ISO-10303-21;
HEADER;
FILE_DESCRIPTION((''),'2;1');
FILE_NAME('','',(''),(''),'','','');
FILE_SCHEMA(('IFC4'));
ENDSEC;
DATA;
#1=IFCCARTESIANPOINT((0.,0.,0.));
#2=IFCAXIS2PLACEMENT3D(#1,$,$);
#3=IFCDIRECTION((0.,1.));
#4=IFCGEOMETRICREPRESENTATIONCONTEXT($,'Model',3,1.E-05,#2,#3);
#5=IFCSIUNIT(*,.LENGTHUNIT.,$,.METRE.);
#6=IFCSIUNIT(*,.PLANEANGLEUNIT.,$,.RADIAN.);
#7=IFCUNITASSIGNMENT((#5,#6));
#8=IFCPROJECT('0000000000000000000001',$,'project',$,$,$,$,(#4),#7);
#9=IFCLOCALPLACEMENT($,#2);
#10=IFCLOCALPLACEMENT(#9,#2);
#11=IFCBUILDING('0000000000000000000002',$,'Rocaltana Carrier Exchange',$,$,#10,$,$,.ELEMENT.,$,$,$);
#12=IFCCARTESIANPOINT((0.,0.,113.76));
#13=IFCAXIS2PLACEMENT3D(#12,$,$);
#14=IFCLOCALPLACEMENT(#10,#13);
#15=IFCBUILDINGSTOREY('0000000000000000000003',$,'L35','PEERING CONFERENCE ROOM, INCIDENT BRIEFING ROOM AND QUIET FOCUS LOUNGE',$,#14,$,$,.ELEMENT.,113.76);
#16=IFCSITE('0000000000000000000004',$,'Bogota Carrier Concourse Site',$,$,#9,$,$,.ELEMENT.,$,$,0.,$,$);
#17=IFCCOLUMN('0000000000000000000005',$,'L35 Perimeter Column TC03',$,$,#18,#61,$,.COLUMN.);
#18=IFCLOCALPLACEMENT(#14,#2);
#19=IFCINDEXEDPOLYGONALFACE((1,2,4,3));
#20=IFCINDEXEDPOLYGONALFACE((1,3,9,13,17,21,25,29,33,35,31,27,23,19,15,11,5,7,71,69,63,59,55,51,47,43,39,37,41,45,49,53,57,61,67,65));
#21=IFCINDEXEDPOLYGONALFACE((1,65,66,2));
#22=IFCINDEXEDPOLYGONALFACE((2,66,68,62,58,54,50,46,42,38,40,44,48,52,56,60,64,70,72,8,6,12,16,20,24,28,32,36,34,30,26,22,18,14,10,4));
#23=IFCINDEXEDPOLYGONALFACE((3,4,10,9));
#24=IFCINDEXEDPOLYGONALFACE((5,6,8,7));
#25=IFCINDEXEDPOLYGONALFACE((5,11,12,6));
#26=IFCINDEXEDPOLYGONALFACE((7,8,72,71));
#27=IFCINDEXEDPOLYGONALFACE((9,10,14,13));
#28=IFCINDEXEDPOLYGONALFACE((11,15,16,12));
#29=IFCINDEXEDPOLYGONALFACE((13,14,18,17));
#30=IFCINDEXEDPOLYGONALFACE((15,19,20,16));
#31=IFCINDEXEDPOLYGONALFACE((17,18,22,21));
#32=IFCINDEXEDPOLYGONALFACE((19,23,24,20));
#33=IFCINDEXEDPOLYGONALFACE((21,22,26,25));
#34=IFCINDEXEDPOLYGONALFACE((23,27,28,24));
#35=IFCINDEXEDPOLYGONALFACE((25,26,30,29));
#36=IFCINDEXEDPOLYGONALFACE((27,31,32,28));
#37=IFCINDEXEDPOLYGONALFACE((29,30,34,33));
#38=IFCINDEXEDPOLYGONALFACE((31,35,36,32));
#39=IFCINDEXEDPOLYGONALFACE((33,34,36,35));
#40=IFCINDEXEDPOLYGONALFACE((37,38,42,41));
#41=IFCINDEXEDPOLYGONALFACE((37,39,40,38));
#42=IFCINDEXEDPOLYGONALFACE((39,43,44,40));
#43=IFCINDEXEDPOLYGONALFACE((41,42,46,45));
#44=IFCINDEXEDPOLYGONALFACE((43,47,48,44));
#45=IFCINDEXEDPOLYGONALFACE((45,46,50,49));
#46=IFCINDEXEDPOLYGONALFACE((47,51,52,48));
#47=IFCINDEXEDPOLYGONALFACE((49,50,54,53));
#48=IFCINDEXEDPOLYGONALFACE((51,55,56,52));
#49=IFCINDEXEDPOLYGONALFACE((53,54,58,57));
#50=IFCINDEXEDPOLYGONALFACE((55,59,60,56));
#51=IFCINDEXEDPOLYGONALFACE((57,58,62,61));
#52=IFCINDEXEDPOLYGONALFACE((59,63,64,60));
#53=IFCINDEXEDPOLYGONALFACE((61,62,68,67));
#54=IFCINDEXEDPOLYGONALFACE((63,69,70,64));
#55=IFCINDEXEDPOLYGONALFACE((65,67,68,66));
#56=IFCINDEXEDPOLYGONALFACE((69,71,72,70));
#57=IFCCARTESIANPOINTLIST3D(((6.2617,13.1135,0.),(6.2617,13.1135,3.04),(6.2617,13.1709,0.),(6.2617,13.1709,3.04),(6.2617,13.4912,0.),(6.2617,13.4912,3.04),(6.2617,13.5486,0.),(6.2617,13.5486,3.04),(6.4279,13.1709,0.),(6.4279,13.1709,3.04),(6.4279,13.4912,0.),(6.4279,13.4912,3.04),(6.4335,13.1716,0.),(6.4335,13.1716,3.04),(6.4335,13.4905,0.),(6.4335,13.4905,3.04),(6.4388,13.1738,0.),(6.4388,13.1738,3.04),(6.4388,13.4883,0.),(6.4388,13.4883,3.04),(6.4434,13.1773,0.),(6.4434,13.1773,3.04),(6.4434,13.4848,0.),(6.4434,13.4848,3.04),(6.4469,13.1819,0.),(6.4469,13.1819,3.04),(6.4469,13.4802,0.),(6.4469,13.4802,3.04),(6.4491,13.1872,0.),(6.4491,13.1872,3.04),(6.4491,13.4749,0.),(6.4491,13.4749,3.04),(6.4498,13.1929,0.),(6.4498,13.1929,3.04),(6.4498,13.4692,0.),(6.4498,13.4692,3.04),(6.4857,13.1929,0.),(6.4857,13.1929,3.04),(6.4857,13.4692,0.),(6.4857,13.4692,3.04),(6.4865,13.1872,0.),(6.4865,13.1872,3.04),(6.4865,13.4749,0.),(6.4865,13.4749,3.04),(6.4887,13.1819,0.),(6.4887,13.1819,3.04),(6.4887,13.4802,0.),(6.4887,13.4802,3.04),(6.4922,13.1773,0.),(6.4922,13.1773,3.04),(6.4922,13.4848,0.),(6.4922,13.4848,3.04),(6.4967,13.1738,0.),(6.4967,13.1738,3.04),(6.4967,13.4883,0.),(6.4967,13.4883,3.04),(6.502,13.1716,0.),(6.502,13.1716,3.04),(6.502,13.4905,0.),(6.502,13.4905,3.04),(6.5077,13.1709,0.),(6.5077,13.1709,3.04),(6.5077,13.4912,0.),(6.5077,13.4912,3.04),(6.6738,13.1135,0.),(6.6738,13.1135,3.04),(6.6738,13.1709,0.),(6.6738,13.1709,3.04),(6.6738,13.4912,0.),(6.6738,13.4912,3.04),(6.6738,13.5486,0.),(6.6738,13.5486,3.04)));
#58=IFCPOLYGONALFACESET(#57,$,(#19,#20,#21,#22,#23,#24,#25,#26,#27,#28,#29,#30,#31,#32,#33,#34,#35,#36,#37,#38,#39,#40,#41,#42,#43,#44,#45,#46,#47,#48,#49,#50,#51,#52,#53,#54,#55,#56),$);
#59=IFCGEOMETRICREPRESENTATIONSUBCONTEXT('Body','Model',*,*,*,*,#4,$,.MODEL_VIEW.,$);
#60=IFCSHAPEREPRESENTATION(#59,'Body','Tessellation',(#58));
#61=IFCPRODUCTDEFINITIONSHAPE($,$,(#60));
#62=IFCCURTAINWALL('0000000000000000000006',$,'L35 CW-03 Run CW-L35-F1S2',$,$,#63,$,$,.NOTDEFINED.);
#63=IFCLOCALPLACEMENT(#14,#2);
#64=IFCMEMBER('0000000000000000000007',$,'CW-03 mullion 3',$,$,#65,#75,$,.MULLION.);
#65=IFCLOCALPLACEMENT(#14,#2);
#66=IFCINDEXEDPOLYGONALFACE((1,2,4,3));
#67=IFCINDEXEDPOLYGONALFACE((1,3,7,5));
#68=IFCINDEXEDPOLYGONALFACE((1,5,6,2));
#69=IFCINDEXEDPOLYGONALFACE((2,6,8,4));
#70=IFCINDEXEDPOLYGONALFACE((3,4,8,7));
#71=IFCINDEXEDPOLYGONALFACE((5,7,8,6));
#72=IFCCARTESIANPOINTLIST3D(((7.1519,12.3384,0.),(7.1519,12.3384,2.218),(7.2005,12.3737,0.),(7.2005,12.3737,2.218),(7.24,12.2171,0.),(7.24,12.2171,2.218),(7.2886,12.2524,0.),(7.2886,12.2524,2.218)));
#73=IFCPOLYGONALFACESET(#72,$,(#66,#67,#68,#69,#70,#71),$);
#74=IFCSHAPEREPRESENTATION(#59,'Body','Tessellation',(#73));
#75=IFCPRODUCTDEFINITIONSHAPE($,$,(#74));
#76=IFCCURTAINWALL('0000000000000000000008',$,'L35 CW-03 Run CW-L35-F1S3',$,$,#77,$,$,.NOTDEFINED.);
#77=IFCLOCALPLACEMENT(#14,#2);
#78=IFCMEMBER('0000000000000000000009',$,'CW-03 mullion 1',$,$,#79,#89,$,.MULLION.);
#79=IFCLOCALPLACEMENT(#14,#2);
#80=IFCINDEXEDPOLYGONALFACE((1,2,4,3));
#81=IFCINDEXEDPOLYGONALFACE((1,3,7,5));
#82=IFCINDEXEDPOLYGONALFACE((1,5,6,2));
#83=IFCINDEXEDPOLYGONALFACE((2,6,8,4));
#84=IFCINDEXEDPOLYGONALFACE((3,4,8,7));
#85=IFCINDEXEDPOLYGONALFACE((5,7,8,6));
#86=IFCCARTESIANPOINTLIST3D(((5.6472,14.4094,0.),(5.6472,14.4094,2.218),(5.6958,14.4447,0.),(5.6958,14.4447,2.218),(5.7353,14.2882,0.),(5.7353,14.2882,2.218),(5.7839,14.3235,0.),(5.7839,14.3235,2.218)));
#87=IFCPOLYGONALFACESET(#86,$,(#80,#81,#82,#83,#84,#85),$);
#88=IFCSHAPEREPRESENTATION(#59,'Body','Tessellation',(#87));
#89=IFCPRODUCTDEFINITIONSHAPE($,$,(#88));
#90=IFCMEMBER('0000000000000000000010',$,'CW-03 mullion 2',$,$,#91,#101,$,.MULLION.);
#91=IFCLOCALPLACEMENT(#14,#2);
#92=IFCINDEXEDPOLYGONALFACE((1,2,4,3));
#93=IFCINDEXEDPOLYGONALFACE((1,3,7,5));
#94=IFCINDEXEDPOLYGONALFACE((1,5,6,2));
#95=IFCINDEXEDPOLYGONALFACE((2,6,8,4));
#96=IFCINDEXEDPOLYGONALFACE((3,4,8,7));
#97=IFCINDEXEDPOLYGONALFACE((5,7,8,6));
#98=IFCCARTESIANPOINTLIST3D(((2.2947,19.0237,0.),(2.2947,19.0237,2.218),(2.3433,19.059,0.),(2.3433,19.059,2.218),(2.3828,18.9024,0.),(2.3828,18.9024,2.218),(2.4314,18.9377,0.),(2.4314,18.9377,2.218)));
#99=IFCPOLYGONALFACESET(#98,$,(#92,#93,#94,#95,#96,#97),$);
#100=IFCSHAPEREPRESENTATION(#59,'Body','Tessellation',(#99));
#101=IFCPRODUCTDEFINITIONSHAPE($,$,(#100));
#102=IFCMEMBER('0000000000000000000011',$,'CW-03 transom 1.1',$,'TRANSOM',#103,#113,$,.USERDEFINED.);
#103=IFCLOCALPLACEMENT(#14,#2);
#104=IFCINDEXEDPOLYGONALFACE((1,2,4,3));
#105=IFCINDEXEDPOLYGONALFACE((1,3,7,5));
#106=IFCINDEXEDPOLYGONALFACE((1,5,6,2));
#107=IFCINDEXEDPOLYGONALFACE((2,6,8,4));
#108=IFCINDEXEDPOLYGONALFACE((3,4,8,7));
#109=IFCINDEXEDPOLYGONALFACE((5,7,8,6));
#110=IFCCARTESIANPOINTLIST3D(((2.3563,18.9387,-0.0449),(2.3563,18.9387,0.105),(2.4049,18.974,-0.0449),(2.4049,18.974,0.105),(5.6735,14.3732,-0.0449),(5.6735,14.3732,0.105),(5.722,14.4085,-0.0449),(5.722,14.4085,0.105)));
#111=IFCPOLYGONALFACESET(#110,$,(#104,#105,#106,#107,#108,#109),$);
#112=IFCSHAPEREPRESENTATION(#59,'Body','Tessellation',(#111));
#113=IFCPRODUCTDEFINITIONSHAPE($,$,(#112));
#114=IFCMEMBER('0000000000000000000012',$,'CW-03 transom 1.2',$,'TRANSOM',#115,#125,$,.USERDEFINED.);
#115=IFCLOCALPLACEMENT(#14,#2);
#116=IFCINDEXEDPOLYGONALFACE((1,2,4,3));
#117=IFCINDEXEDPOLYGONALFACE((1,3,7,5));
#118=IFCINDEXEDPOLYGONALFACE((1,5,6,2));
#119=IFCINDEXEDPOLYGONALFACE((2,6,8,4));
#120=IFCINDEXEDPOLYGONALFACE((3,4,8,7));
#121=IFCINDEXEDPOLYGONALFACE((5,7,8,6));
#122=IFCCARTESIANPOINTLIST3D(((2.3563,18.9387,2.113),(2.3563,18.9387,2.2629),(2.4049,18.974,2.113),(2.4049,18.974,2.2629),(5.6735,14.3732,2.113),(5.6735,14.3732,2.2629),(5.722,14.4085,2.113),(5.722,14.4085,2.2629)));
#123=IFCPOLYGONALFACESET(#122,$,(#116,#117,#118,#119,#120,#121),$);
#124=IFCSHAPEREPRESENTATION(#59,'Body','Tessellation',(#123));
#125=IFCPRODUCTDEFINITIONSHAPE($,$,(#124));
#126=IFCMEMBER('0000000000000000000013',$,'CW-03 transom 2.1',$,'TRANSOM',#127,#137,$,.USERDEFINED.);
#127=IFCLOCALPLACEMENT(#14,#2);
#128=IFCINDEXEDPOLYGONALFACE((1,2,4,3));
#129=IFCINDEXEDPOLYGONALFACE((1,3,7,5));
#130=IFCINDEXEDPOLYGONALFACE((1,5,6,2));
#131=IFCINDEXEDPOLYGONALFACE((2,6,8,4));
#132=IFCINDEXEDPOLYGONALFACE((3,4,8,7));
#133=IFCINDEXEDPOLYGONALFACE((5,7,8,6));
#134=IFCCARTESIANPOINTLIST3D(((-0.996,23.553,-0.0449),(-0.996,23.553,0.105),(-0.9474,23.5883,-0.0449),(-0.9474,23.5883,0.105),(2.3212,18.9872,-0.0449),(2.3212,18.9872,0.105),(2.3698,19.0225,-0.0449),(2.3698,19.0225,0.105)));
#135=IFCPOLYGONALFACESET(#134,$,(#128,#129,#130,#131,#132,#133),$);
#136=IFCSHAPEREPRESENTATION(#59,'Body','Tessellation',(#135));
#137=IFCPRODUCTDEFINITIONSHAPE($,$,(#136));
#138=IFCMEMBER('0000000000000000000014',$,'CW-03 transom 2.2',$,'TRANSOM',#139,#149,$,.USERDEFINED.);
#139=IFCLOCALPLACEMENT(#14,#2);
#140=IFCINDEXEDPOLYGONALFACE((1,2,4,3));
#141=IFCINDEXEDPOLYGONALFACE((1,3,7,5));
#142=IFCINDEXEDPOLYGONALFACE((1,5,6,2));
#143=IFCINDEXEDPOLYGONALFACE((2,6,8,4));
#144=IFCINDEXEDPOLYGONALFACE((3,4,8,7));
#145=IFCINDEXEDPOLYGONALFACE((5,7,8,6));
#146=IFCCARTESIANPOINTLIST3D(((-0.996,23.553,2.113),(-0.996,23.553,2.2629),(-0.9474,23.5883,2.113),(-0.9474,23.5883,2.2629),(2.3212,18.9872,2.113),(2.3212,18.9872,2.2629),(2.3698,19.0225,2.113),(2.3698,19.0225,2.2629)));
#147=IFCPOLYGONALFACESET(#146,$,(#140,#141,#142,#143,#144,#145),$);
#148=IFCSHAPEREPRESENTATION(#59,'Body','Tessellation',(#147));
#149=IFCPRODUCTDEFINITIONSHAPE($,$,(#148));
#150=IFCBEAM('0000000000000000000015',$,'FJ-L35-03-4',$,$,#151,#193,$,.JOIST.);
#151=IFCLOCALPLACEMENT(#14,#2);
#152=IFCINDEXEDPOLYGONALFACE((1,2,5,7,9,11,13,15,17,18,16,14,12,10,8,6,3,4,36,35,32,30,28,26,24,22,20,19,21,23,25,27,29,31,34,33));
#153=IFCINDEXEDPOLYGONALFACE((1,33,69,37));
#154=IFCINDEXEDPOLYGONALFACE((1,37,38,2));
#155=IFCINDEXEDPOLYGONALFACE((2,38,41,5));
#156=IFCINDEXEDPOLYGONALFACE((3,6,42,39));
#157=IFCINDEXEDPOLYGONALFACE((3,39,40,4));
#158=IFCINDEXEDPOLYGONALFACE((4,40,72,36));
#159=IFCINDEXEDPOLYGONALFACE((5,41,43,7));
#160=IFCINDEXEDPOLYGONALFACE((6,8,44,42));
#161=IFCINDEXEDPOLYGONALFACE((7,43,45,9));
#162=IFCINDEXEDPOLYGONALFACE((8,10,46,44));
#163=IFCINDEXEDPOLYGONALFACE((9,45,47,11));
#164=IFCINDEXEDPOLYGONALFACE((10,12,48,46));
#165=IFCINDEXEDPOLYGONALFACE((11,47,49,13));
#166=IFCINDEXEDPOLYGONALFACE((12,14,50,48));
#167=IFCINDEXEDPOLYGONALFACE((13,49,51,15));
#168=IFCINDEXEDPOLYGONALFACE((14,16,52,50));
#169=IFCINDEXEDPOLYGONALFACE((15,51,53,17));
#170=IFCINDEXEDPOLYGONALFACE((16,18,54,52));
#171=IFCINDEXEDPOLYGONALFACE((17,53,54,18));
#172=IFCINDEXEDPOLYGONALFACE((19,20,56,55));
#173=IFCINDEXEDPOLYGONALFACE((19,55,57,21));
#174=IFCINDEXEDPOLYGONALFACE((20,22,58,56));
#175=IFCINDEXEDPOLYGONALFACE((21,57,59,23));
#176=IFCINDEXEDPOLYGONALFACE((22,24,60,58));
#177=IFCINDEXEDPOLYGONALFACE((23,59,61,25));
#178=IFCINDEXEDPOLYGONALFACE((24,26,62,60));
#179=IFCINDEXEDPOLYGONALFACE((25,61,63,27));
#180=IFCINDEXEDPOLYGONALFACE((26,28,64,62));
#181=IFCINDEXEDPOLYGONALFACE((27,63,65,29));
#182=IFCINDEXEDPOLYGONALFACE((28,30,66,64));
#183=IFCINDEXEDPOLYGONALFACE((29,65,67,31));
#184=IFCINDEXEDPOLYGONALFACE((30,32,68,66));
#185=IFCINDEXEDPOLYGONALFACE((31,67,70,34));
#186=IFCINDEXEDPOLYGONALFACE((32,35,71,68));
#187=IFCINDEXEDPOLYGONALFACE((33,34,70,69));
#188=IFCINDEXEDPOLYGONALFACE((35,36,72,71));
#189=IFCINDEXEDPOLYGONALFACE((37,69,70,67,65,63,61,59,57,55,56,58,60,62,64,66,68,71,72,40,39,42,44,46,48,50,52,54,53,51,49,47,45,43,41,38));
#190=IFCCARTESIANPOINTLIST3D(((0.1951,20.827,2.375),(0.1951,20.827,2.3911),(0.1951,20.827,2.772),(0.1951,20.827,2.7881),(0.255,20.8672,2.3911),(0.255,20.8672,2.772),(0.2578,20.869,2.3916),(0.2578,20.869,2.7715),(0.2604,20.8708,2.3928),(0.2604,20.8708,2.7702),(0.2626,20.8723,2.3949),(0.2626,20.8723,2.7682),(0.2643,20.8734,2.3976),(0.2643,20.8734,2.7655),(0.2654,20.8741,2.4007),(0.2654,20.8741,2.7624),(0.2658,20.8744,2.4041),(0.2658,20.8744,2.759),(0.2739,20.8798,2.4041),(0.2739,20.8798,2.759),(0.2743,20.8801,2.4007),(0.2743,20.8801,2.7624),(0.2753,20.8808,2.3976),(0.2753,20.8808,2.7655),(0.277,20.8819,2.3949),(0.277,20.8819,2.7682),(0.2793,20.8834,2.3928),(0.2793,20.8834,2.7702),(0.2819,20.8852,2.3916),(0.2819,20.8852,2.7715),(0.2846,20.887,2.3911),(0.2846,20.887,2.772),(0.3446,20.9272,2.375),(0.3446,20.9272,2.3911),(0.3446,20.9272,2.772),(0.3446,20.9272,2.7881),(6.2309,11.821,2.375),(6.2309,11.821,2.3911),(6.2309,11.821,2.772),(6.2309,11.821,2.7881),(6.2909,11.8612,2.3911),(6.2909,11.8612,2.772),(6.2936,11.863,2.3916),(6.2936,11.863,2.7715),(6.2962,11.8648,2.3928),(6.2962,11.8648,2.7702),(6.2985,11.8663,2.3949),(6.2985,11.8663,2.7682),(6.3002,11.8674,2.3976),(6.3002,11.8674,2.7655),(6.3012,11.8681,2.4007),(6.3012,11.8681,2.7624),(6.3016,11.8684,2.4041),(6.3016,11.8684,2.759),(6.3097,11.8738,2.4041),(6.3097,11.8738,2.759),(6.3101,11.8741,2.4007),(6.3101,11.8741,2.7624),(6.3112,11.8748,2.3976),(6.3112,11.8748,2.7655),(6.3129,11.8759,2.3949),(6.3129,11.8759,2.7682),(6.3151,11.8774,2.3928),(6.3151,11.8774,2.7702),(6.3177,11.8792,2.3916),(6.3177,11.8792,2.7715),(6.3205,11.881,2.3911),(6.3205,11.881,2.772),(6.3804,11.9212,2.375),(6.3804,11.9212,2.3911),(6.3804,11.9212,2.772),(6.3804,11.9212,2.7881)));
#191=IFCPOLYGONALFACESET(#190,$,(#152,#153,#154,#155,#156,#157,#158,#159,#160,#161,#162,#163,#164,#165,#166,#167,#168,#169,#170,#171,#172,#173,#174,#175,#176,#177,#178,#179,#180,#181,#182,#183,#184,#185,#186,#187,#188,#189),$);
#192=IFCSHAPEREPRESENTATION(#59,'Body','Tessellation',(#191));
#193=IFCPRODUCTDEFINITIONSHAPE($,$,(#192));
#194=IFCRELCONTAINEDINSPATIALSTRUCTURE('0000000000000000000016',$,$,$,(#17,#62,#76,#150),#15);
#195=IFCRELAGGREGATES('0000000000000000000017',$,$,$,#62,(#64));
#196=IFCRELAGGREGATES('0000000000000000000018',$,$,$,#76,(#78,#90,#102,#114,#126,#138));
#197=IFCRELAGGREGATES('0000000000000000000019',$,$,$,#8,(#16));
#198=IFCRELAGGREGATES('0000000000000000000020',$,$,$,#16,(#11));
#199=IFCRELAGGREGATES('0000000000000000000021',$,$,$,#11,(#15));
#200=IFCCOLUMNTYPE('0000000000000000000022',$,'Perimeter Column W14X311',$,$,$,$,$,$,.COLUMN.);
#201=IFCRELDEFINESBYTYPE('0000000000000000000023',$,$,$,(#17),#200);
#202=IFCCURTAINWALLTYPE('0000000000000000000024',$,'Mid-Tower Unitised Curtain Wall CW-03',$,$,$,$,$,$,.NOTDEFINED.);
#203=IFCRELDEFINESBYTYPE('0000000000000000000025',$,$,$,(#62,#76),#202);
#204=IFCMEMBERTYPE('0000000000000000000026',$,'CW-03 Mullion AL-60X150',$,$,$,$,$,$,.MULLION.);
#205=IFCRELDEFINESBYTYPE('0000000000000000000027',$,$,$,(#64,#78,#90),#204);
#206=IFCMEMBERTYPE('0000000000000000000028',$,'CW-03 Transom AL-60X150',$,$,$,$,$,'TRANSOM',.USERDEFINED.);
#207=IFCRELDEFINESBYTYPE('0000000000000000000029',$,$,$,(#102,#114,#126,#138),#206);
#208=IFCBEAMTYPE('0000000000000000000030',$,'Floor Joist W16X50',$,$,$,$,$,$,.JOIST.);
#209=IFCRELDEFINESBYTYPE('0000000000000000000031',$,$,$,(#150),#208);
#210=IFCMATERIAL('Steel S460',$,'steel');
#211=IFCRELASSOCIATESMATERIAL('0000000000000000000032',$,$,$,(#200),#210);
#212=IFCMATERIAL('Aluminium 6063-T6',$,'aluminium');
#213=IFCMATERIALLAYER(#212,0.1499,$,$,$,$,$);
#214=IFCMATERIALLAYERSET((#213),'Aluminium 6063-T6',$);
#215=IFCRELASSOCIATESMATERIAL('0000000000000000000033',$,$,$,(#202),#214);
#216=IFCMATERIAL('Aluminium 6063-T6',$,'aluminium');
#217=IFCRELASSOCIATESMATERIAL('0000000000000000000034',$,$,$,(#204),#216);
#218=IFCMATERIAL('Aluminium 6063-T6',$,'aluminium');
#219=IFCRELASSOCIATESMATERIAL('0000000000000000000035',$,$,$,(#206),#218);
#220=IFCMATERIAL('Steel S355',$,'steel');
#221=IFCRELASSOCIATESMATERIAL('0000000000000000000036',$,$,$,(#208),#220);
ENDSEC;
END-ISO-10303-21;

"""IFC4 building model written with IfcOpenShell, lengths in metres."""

from ifc_helpers import new_model, si_unit, direction, frame, origin, origin_2d, place, context, subcontext, project, spatial, rectangle, i_section, extrude, material, layer, layer_set, material_profile, profile_set, type_object, element, aggregate, save


model = new_model("IFC4")

# Units and contexts
model_context = context("Model", 3, precision=1e-05, world=origin(), true_north=direction((0.0, 1.0)))
body_context = subcontext(model_context, "Body", "Model", "MODEL_VIEW")
ifc_project = project(units=[si_unit("LENGTHUNIT", "METRE"), si_unit("PLANEANGLEUNIT", "RADIAN")], contexts=[model_context])

# Site, building, storey
site_placement = place(None, origin())
site = spatial("IfcSite", under=ifc_project, at=site_placement, Name="Bogota Carrier Concourse Site", CompositionType="ELEMENT", RefElevation=0.0)
building_placement = place(site_placement, origin())
building = spatial("IfcBuilding", under=site, at=building_placement, Name="Rocaltana Carrier Exchange", CompositionType="ELEMENT")
storey_placement = place(building_placement, frame((0.0, 0.0, 113.76)))
storey = spatial("IfcBuildingStorey", under=building, at=storey_placement, Name="L35", Description="PEERING CONFERENCE ROOM, INCIDENT BRIEFING ROOM AND QUIET FOCUS LOUNGE", CompositionType="ELEMENT", Elevation=113.76)

# Column
ifc_material_1 = material(Name="Steel S460", Category="steel")
ifc_material_profile_1 = material_profile(ifc_material_1, i_section(OverallWidth=0.4121, OverallDepth=0.4351, WebThickness=0.0359, FlangeThickness=0.0574, FilletRadius=0.022, at=origin_2d()), Name="W14X311")
ifc_profile_set_1 = profile_set([ifc_material_profile_1], Name="Steel S460")
column_type = type_object("IfcColumnType", Name="Perimeter Column W14X311", PredefinedType="COLUMN", material=ifc_profile_set_1)
column_placement = place(storey_placement, frame((6.4678, 13.3311, 0.0), z_axis=(0.0, 0.0, 1.0), x_axis=(1.0, 0.0, 0.0)))
element("IfcColumn", 1, at=column_placement, inside=storey, type_object=column_type, Name="L35 Perimeter Column TC03", PredefinedType="COLUMN", context=body_context, shape_type="SweptSolid", body=[
    extrude(i_section(OverallWidth=0.4121, OverallDepth=0.4351, WebThickness=0.0359, FlangeThickness=0.0574, FilletRadius=0.022, at=origin_2d()), origin(), (0.0, 0.0, 1.0), 3.04),
])

# Curtain wall, member
ifc_material_2 = material(Name="Aluminium 6063-T6", Category="aluminium")
ifc_layer_1 = layer(ifc_material_2, 0.1499)
ifc_layer_set_1 = layer_set([ifc_layer_1], Name="Aluminium 6063-T6")
curtain_wall_type = type_object("IfcCurtainWallType", Name="Mid-Tower Unitised Curtain Wall CW-03", PredefinedType="NOTDEFINED", material=ifc_layer_set_1)
curtain_wall_1_placement = place(storey_placement, origin())
curtain_wall_1 = element("IfcCurtainWall", 2, at=curtain_wall_1_placement, inside=storey, type_object=curtain_wall_type, Name="L35 CW-03 Run CW-L35-F1S2", PredefinedType="NOTDEFINED")
ifc_material_3 = material(Name="Aluminium 6063-T6", Category="aluminium")
ifc_material_profile_2 = material_profile(ifc_material_3, rectangle(XDim=0.0601, YDim=0.1499, at=origin_2d()), Name="AL-60X150")
ifc_profile_set_2 = profile_set([ifc_material_profile_2], Name="Aluminium 6063-T6")
member_type_1 = type_object("IfcMemberType", Name="CW-03 Mullion AL-60X150", PredefinedType="MULLION", material=ifc_profile_set_2)
member_1_placement = place(storey_placement, frame((7.2202, 12.2954, 0.0), z_axis=(0.0, 0.0, 1.0), x_axis=(-0.809014, -0.58779, 0.0)))
member_1 = element("IfcMember", 3, at=member_1_placement, type_object=member_type_1, Name="CW-03 mullion 3", PredefinedType="MULLION", context=body_context, shape_type="SweptSolid", body=[
    extrude(rectangle(XDim=0.0601, YDim=0.1499, at=origin_2d()), origin(), (0.0, 0.0, 1.0), 2.218),
])

# Curtain wall, members
curtain_wall_2_placement = place(storey_placement, origin())
curtain_wall_2 = element("IfcCurtainWall", 4, at=curtain_wall_2_placement, inside=storey, type_object=curtain_wall_type, Name="L35 CW-03 Run CW-L35-F1S3", PredefinedType="NOTDEFINED")
member_2_placement = place(storey_placement, frame((5.7156, 14.3665, 0.0), z_axis=(0.0, 0.0, 1.0), x_axis=(-0.809014, -0.58779, 0.0)))
member_2 = element("IfcMember", 5, at=member_2_placement, type_object=member_type_1, Name="CW-03 mullion 1", PredefinedType="MULLION", context=body_context, shape_type="SweptSolid", body=[
    extrude(rectangle(XDim=0.0601, YDim=0.1499, at=origin_2d()), origin(), (0.0, 0.0, 1.0), 2.218),
])
member_3_placement = place(storey_placement, frame((2.363, 18.9807, 0.0), z_axis=(0.0, 0.0, 1.0), x_axis=(-0.809014, -0.58779, 0.0)))
member_3 = element("IfcMember", 6, at=member_3_placement, type_object=member_type_1, Name="CW-03 mullion 2", PredefinedType="MULLION", context=body_context, shape_type="SweptSolid", body=[
    extrude(rectangle(XDim=0.0601, YDim=0.1499, at=origin_2d()), origin(), (0.0, 0.0, 1.0), 2.218),
])
ifc_material_4 = material(Name="Aluminium 6063-T6", Category="aluminium")
ifc_material_profile_3 = material_profile(ifc_material_4, rectangle(XDim=0.0601, YDim=0.1499, at=origin_2d()), Name="AL-60X150")
ifc_profile_set_3 = profile_set([ifc_material_profile_3], Name="Aluminium 6063-T6")
member_type_2 = type_object("IfcMemberType", Name="CW-03 Transom AL-60X150", ElementType="TRANSOM", PredefinedType="USERDEFINED", material=ifc_profile_set_3)
member_4_placement = place(storey_placement, frame((5.6978, 14.3909, 0.03), z_axis=(-0.587804, 0.809004, 0.0), x_axis=(-0.809004, -0.587804, 0.0)))
member_4 = element("IfcMember", 7, at=member_4_placement, type_object=member_type_2, Name="CW-03 transom 1.1", ObjectType="TRANSOM", PredefinedType="USERDEFINED", context=body_context, shape_type="SweptSolid", body=[
    extrude(rectangle(XDim=0.0601, YDim=0.1499, at=origin_2d()), origin(), (0.0, 0.0, 1.0), 5.6433),
])
member_5_placement = place(storey_placement, frame((5.6978, 14.3909, 2.188), z_axis=(-0.587804, 0.809004, 0.0), x_axis=(-0.809004, -0.587804, 0.0)))
member_5 = element("IfcMember", 8, at=member_5_placement, type_object=member_type_2, Name="CW-03 transom 1.2", ObjectType="TRANSOM", PredefinedType="USERDEFINED", context=body_context, shape_type="SweptSolid", body=[
    extrude(rectangle(XDim=0.0601, YDim=0.1499, at=origin_2d()), origin(), (0.0, 0.0, 1.0), 5.6433),
])
member_6_placement = place(storey_placement, frame((2.3455, 19.0049, 0.03), z_axis=(-0.587783, 0.809018, 0.0), x_axis=(-0.809018, -0.587783, 0.0)))
member_6 = element("IfcMember", 9, at=member_6_placement, type_object=member_type_2, Name="CW-03 transom 2.1", ObjectType="TRANSOM", PredefinedType="USERDEFINED", context=body_context, shape_type="SweptSolid", body=[
    extrude(rectangle(XDim=0.0601, YDim=0.1499, at=origin_2d()), origin(), (0.0, 0.0, 1.0), 5.6436),
])
member_7_placement = place(storey_placement, frame((2.3455, 19.0049, 2.188), z_axis=(-0.587783, 0.809018, 0.0), x_axis=(-0.809018, -0.587783, 0.0)))
member_7 = element("IfcMember", 10, at=member_7_placement, type_object=member_type_2, Name="CW-03 transom 2.2", ObjectType="TRANSOM", PredefinedType="USERDEFINED", context=body_context, shape_type="SweptSolid", body=[
    extrude(rectangle(XDim=0.0601, YDim=0.1499, at=origin_2d()), origin(), (0.0, 0.0, 1.0), 5.6436),
])

# Beam
ifc_material_5 = material(Name="Steel S355", Category="steel")
ifc_material_profile_4 = material_profile(ifc_material_5, i_section(OverallWidth=0.1799, OverallDepth=0.4131, WebThickness=0.0098, FlangeThickness=0.0161, FilletRadius=0.0129, at=origin_2d()), Name="W16X50")
ifc_profile_set_4 = profile_set([ifc_material_profile_4], Name="Steel S355")
beam_type_1 = type_object("IfcBeamType", Name="Floor Joist W16X50", PredefinedType="JOIST", material=ifc_profile_set_4)
beam_1_placement = place(storey_placement, frame((6.3057, 11.8711, 2.5815), z_axis=(-0.55673, 0.830693, 0.0), x_axis=(-0.830693, -0.55673, 0.0)))
element("IfcBeam", 11, at=beam_1_placement, inside=storey, type_object=beam_type_1, Name="FJ-L35-03-4", PredefinedType="JOIST", context=body_context, shape_type="SweptSolid", body=[
    extrude(i_section(OverallWidth=0.1799, OverallDepth=0.4131, WebThickness=0.0098, FlangeThickness=0.0161, FilletRadius=0.0129, at=origin_2d()), origin(), (0.0, 0.0, 1.0), 10.8416),
])

aggregate(curtain_wall_1, [member_1])
aggregate(curtain_wall_2, [member_2, member_3, member_4, member_5, member_6, member_7])

save(model, "model.ifc")
